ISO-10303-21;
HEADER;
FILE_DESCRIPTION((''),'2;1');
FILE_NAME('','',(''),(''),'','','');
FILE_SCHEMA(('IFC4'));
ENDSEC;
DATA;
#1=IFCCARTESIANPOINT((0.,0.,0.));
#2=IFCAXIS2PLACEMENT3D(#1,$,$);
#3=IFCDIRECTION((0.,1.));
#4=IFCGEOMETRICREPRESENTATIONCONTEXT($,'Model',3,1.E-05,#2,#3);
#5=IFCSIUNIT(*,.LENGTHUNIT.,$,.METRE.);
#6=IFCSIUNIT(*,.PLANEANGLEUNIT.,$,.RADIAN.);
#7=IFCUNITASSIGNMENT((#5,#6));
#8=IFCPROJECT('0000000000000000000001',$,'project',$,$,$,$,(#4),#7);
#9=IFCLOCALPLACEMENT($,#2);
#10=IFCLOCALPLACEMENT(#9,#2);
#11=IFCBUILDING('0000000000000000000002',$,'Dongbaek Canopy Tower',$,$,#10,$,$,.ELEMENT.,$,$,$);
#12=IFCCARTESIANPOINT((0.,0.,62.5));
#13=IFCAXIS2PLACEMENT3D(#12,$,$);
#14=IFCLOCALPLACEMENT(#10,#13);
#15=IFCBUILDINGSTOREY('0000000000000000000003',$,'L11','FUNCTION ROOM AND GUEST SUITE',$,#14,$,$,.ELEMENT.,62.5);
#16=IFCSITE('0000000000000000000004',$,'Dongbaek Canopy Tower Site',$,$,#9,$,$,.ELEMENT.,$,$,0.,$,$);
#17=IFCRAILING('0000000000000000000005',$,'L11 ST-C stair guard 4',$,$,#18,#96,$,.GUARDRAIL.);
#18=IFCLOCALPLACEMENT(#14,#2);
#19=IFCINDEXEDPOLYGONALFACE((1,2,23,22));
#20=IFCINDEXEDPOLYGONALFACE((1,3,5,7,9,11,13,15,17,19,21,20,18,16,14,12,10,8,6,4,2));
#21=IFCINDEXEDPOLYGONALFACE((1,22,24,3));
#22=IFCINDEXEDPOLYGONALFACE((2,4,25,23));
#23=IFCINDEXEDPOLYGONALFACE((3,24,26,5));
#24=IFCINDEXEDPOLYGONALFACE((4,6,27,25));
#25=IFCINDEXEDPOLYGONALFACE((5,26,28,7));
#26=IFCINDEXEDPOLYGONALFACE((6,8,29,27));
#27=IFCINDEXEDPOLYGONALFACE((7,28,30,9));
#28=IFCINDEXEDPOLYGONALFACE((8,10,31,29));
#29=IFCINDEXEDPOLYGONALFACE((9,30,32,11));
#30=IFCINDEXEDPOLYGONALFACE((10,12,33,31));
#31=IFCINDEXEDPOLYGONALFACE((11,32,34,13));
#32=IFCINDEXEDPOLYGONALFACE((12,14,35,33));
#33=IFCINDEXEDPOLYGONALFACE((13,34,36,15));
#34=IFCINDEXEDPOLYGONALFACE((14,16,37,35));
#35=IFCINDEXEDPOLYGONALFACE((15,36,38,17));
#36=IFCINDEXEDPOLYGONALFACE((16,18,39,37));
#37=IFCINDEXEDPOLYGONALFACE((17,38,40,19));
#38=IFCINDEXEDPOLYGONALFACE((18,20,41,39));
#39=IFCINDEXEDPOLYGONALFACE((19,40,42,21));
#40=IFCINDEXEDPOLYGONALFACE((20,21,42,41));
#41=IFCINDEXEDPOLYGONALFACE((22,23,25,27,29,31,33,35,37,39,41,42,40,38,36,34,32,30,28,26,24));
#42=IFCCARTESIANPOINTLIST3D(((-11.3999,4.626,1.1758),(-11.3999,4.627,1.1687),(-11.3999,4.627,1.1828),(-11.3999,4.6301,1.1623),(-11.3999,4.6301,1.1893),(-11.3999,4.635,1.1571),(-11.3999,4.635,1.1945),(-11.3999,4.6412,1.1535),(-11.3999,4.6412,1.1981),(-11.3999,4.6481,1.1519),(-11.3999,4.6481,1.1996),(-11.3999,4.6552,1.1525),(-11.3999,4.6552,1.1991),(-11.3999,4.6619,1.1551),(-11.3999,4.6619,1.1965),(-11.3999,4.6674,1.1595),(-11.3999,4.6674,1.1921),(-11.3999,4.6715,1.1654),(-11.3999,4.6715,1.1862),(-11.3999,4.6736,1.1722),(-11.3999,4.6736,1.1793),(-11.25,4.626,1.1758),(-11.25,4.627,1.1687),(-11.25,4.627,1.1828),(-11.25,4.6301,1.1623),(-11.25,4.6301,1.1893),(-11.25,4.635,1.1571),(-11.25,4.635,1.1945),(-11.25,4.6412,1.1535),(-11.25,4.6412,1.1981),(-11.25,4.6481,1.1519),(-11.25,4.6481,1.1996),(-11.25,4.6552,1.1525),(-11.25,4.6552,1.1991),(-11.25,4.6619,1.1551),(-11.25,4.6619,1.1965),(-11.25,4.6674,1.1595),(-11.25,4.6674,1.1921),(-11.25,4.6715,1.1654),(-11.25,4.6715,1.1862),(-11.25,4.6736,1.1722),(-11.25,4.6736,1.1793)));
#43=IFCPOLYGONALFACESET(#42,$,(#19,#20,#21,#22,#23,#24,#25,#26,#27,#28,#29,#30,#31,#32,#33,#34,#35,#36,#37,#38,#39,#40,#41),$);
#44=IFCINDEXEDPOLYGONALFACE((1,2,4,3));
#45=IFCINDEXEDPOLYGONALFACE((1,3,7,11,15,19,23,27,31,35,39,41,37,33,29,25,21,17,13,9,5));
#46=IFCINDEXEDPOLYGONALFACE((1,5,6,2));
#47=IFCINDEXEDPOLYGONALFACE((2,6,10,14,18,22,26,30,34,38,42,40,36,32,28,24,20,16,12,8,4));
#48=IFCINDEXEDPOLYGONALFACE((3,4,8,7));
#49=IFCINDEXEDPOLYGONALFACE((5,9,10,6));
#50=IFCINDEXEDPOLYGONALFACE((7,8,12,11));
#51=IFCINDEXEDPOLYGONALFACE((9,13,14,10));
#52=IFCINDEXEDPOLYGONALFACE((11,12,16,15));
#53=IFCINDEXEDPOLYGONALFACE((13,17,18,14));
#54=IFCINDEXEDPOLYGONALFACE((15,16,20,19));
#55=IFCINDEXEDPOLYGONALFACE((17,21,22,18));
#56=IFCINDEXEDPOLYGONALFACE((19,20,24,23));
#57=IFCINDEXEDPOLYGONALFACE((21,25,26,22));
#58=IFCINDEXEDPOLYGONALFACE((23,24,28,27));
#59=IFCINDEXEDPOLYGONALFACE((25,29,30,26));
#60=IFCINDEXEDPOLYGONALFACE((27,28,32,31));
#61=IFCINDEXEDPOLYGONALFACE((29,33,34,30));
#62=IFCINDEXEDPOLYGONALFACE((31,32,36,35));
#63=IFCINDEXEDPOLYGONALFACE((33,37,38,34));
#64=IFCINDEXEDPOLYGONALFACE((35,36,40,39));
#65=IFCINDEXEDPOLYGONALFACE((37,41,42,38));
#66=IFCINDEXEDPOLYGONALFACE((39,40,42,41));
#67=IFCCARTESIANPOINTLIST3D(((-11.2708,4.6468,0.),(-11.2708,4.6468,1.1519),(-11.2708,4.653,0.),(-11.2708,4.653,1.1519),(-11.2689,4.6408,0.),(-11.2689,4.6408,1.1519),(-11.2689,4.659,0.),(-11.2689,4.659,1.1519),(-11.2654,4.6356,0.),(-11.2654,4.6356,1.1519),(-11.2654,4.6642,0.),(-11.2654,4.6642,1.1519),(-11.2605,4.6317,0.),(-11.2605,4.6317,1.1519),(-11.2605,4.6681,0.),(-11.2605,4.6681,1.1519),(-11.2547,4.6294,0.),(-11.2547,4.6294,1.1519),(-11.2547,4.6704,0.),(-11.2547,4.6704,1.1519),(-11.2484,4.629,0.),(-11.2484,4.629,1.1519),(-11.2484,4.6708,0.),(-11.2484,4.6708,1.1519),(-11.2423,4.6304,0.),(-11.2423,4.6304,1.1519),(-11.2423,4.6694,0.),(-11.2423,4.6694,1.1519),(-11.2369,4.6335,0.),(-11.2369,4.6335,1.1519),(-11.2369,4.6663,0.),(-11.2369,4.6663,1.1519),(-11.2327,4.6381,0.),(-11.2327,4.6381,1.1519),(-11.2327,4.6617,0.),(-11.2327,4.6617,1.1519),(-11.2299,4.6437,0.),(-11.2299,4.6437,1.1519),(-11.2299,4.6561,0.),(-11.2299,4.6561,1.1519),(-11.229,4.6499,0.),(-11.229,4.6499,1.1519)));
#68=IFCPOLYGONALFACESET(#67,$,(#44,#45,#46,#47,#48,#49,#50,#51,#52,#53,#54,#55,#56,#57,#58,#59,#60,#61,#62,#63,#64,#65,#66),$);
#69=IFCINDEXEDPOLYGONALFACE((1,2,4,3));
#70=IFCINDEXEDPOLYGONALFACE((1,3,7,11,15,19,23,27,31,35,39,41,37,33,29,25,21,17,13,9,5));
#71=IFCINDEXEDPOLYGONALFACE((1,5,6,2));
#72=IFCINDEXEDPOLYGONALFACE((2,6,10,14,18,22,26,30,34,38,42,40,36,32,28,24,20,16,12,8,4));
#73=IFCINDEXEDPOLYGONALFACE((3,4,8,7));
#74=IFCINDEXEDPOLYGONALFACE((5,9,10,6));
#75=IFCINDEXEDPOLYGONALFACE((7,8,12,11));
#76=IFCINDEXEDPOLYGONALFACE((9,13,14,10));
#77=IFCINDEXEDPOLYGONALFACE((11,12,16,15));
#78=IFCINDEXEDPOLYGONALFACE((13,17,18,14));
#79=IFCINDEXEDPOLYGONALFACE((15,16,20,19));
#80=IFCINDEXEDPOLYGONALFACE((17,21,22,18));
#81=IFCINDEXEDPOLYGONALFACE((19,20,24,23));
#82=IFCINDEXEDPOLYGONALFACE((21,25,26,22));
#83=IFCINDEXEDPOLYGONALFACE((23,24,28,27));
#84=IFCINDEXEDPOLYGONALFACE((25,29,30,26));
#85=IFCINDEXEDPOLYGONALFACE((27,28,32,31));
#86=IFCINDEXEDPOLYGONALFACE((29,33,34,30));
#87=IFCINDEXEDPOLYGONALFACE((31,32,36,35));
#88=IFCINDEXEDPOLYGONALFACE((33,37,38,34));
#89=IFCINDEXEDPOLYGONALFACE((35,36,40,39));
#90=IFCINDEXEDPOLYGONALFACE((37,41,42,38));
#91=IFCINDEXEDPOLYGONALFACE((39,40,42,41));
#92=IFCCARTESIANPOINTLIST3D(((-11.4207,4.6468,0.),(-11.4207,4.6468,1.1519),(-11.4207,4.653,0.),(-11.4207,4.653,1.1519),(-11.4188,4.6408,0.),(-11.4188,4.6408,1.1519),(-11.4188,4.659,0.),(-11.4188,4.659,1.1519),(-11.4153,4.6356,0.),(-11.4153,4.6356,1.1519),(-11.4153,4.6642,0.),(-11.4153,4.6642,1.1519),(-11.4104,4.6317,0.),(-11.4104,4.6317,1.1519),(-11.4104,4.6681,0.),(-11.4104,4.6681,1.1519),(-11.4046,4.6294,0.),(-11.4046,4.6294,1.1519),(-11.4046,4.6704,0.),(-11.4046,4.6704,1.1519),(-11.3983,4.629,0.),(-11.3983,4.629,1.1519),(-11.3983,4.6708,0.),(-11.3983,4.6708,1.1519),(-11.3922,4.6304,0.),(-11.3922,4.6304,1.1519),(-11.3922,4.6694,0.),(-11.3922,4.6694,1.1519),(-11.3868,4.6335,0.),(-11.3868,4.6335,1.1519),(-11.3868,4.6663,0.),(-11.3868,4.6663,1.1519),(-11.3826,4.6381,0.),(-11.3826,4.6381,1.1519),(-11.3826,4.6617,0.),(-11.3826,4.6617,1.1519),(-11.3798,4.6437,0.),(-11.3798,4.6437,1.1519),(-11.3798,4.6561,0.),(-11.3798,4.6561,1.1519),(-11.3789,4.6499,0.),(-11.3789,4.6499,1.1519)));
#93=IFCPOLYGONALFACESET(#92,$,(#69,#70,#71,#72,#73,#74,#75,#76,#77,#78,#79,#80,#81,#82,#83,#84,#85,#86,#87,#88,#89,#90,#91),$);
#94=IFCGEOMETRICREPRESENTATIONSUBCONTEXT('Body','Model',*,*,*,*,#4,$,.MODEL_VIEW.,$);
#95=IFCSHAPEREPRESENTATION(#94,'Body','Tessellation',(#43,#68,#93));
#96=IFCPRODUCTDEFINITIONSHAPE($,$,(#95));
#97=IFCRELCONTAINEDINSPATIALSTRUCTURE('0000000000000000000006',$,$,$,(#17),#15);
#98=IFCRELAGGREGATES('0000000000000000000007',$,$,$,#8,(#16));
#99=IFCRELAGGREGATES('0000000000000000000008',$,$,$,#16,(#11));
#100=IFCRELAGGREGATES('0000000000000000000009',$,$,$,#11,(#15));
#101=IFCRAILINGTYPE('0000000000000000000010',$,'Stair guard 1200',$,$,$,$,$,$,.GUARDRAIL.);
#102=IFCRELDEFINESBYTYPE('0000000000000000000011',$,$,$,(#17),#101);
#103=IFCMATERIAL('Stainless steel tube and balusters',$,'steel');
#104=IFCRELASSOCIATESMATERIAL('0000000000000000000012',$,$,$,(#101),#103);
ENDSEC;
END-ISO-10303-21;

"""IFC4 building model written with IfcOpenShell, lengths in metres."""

from ifc_helpers import new_model, si_unit, direction, frame, origin, origin_2d, place, context, subcontext, project, spatial, circle, extrude, material, type_object, element, save


model = new_model("IFC4")

# Units and contexts
model_context = context("Model", 3, precision=1e-05, world=origin(), true_north=direction((0.0, 1.0)))
body_context = subcontext(model_context, "Body", "Model", "MODEL_VIEW")
ifc_project = project(units=[si_unit("LENGTHUNIT", "METRE"), si_unit("PLANEANGLEUNIT", "RADIAN")], contexts=[model_context])

# Site, building, storey
site_placement = place(None, origin())
site = spatial("IfcSite", under=ifc_project, at=site_placement, Name="Dongbaek Canopy Tower Site", CompositionType="ELEMENT", RefElevation=0.0)
building_placement = place(site_placement, origin())
building = spatial("IfcBuilding", under=site, at=building_placement, Name="Dongbaek Canopy Tower", CompositionType="ELEMENT")
storey_placement = place(building_placement, frame((0.0, 0.0, 62.5)))
storey = spatial("IfcBuildingStorey", under=building, at=storey_placement, Name="L11", Description="FUNCTION ROOM AND GUEST SUITE", CompositionType="ELEMENT", Elevation=62.5)

# Railing
ifc_material_1 = material(Name="Stainless steel tube and balusters", Category="steel")
railing_type_1 = type_object("IfcRailingType", Name="Stair guard 1200", PredefinedType="GUARDRAIL", material=ifc_material_1)
railing_1_placement = place(storey_placement, frame((-11.25, 4.6499, 0.0)))
element("IfcRailing", 1, at=railing_1_placement, inside=storey, type_object=railing_type_1, Name="L11 ST-C stair guard 4", PredefinedType="GUARDRAIL", context=body_context, shape_type="SweptSolid", body=[
    extrude(circle(Radius=0.0239, at=origin_2d()), frame((0.0, 0.0, 1.1758), z_axis=(-1.0, 0.0, 0.0), x_axis=(0.0, -1.0, 0.0)), (0.0, 0.0, 1.0), 0.1499),
    extrude(circle(Radius=0.021, at=origin_2d()), origin(), (0.0, 0.0, 1.0), 1.1519),
    extrude(circle(Radius=0.021, at=origin_2d()), frame((-0.1499, 0.0, 0.0)), (0.0, 0.0, 1.0), 1.1519),
])

save(model, "model.ifc")
